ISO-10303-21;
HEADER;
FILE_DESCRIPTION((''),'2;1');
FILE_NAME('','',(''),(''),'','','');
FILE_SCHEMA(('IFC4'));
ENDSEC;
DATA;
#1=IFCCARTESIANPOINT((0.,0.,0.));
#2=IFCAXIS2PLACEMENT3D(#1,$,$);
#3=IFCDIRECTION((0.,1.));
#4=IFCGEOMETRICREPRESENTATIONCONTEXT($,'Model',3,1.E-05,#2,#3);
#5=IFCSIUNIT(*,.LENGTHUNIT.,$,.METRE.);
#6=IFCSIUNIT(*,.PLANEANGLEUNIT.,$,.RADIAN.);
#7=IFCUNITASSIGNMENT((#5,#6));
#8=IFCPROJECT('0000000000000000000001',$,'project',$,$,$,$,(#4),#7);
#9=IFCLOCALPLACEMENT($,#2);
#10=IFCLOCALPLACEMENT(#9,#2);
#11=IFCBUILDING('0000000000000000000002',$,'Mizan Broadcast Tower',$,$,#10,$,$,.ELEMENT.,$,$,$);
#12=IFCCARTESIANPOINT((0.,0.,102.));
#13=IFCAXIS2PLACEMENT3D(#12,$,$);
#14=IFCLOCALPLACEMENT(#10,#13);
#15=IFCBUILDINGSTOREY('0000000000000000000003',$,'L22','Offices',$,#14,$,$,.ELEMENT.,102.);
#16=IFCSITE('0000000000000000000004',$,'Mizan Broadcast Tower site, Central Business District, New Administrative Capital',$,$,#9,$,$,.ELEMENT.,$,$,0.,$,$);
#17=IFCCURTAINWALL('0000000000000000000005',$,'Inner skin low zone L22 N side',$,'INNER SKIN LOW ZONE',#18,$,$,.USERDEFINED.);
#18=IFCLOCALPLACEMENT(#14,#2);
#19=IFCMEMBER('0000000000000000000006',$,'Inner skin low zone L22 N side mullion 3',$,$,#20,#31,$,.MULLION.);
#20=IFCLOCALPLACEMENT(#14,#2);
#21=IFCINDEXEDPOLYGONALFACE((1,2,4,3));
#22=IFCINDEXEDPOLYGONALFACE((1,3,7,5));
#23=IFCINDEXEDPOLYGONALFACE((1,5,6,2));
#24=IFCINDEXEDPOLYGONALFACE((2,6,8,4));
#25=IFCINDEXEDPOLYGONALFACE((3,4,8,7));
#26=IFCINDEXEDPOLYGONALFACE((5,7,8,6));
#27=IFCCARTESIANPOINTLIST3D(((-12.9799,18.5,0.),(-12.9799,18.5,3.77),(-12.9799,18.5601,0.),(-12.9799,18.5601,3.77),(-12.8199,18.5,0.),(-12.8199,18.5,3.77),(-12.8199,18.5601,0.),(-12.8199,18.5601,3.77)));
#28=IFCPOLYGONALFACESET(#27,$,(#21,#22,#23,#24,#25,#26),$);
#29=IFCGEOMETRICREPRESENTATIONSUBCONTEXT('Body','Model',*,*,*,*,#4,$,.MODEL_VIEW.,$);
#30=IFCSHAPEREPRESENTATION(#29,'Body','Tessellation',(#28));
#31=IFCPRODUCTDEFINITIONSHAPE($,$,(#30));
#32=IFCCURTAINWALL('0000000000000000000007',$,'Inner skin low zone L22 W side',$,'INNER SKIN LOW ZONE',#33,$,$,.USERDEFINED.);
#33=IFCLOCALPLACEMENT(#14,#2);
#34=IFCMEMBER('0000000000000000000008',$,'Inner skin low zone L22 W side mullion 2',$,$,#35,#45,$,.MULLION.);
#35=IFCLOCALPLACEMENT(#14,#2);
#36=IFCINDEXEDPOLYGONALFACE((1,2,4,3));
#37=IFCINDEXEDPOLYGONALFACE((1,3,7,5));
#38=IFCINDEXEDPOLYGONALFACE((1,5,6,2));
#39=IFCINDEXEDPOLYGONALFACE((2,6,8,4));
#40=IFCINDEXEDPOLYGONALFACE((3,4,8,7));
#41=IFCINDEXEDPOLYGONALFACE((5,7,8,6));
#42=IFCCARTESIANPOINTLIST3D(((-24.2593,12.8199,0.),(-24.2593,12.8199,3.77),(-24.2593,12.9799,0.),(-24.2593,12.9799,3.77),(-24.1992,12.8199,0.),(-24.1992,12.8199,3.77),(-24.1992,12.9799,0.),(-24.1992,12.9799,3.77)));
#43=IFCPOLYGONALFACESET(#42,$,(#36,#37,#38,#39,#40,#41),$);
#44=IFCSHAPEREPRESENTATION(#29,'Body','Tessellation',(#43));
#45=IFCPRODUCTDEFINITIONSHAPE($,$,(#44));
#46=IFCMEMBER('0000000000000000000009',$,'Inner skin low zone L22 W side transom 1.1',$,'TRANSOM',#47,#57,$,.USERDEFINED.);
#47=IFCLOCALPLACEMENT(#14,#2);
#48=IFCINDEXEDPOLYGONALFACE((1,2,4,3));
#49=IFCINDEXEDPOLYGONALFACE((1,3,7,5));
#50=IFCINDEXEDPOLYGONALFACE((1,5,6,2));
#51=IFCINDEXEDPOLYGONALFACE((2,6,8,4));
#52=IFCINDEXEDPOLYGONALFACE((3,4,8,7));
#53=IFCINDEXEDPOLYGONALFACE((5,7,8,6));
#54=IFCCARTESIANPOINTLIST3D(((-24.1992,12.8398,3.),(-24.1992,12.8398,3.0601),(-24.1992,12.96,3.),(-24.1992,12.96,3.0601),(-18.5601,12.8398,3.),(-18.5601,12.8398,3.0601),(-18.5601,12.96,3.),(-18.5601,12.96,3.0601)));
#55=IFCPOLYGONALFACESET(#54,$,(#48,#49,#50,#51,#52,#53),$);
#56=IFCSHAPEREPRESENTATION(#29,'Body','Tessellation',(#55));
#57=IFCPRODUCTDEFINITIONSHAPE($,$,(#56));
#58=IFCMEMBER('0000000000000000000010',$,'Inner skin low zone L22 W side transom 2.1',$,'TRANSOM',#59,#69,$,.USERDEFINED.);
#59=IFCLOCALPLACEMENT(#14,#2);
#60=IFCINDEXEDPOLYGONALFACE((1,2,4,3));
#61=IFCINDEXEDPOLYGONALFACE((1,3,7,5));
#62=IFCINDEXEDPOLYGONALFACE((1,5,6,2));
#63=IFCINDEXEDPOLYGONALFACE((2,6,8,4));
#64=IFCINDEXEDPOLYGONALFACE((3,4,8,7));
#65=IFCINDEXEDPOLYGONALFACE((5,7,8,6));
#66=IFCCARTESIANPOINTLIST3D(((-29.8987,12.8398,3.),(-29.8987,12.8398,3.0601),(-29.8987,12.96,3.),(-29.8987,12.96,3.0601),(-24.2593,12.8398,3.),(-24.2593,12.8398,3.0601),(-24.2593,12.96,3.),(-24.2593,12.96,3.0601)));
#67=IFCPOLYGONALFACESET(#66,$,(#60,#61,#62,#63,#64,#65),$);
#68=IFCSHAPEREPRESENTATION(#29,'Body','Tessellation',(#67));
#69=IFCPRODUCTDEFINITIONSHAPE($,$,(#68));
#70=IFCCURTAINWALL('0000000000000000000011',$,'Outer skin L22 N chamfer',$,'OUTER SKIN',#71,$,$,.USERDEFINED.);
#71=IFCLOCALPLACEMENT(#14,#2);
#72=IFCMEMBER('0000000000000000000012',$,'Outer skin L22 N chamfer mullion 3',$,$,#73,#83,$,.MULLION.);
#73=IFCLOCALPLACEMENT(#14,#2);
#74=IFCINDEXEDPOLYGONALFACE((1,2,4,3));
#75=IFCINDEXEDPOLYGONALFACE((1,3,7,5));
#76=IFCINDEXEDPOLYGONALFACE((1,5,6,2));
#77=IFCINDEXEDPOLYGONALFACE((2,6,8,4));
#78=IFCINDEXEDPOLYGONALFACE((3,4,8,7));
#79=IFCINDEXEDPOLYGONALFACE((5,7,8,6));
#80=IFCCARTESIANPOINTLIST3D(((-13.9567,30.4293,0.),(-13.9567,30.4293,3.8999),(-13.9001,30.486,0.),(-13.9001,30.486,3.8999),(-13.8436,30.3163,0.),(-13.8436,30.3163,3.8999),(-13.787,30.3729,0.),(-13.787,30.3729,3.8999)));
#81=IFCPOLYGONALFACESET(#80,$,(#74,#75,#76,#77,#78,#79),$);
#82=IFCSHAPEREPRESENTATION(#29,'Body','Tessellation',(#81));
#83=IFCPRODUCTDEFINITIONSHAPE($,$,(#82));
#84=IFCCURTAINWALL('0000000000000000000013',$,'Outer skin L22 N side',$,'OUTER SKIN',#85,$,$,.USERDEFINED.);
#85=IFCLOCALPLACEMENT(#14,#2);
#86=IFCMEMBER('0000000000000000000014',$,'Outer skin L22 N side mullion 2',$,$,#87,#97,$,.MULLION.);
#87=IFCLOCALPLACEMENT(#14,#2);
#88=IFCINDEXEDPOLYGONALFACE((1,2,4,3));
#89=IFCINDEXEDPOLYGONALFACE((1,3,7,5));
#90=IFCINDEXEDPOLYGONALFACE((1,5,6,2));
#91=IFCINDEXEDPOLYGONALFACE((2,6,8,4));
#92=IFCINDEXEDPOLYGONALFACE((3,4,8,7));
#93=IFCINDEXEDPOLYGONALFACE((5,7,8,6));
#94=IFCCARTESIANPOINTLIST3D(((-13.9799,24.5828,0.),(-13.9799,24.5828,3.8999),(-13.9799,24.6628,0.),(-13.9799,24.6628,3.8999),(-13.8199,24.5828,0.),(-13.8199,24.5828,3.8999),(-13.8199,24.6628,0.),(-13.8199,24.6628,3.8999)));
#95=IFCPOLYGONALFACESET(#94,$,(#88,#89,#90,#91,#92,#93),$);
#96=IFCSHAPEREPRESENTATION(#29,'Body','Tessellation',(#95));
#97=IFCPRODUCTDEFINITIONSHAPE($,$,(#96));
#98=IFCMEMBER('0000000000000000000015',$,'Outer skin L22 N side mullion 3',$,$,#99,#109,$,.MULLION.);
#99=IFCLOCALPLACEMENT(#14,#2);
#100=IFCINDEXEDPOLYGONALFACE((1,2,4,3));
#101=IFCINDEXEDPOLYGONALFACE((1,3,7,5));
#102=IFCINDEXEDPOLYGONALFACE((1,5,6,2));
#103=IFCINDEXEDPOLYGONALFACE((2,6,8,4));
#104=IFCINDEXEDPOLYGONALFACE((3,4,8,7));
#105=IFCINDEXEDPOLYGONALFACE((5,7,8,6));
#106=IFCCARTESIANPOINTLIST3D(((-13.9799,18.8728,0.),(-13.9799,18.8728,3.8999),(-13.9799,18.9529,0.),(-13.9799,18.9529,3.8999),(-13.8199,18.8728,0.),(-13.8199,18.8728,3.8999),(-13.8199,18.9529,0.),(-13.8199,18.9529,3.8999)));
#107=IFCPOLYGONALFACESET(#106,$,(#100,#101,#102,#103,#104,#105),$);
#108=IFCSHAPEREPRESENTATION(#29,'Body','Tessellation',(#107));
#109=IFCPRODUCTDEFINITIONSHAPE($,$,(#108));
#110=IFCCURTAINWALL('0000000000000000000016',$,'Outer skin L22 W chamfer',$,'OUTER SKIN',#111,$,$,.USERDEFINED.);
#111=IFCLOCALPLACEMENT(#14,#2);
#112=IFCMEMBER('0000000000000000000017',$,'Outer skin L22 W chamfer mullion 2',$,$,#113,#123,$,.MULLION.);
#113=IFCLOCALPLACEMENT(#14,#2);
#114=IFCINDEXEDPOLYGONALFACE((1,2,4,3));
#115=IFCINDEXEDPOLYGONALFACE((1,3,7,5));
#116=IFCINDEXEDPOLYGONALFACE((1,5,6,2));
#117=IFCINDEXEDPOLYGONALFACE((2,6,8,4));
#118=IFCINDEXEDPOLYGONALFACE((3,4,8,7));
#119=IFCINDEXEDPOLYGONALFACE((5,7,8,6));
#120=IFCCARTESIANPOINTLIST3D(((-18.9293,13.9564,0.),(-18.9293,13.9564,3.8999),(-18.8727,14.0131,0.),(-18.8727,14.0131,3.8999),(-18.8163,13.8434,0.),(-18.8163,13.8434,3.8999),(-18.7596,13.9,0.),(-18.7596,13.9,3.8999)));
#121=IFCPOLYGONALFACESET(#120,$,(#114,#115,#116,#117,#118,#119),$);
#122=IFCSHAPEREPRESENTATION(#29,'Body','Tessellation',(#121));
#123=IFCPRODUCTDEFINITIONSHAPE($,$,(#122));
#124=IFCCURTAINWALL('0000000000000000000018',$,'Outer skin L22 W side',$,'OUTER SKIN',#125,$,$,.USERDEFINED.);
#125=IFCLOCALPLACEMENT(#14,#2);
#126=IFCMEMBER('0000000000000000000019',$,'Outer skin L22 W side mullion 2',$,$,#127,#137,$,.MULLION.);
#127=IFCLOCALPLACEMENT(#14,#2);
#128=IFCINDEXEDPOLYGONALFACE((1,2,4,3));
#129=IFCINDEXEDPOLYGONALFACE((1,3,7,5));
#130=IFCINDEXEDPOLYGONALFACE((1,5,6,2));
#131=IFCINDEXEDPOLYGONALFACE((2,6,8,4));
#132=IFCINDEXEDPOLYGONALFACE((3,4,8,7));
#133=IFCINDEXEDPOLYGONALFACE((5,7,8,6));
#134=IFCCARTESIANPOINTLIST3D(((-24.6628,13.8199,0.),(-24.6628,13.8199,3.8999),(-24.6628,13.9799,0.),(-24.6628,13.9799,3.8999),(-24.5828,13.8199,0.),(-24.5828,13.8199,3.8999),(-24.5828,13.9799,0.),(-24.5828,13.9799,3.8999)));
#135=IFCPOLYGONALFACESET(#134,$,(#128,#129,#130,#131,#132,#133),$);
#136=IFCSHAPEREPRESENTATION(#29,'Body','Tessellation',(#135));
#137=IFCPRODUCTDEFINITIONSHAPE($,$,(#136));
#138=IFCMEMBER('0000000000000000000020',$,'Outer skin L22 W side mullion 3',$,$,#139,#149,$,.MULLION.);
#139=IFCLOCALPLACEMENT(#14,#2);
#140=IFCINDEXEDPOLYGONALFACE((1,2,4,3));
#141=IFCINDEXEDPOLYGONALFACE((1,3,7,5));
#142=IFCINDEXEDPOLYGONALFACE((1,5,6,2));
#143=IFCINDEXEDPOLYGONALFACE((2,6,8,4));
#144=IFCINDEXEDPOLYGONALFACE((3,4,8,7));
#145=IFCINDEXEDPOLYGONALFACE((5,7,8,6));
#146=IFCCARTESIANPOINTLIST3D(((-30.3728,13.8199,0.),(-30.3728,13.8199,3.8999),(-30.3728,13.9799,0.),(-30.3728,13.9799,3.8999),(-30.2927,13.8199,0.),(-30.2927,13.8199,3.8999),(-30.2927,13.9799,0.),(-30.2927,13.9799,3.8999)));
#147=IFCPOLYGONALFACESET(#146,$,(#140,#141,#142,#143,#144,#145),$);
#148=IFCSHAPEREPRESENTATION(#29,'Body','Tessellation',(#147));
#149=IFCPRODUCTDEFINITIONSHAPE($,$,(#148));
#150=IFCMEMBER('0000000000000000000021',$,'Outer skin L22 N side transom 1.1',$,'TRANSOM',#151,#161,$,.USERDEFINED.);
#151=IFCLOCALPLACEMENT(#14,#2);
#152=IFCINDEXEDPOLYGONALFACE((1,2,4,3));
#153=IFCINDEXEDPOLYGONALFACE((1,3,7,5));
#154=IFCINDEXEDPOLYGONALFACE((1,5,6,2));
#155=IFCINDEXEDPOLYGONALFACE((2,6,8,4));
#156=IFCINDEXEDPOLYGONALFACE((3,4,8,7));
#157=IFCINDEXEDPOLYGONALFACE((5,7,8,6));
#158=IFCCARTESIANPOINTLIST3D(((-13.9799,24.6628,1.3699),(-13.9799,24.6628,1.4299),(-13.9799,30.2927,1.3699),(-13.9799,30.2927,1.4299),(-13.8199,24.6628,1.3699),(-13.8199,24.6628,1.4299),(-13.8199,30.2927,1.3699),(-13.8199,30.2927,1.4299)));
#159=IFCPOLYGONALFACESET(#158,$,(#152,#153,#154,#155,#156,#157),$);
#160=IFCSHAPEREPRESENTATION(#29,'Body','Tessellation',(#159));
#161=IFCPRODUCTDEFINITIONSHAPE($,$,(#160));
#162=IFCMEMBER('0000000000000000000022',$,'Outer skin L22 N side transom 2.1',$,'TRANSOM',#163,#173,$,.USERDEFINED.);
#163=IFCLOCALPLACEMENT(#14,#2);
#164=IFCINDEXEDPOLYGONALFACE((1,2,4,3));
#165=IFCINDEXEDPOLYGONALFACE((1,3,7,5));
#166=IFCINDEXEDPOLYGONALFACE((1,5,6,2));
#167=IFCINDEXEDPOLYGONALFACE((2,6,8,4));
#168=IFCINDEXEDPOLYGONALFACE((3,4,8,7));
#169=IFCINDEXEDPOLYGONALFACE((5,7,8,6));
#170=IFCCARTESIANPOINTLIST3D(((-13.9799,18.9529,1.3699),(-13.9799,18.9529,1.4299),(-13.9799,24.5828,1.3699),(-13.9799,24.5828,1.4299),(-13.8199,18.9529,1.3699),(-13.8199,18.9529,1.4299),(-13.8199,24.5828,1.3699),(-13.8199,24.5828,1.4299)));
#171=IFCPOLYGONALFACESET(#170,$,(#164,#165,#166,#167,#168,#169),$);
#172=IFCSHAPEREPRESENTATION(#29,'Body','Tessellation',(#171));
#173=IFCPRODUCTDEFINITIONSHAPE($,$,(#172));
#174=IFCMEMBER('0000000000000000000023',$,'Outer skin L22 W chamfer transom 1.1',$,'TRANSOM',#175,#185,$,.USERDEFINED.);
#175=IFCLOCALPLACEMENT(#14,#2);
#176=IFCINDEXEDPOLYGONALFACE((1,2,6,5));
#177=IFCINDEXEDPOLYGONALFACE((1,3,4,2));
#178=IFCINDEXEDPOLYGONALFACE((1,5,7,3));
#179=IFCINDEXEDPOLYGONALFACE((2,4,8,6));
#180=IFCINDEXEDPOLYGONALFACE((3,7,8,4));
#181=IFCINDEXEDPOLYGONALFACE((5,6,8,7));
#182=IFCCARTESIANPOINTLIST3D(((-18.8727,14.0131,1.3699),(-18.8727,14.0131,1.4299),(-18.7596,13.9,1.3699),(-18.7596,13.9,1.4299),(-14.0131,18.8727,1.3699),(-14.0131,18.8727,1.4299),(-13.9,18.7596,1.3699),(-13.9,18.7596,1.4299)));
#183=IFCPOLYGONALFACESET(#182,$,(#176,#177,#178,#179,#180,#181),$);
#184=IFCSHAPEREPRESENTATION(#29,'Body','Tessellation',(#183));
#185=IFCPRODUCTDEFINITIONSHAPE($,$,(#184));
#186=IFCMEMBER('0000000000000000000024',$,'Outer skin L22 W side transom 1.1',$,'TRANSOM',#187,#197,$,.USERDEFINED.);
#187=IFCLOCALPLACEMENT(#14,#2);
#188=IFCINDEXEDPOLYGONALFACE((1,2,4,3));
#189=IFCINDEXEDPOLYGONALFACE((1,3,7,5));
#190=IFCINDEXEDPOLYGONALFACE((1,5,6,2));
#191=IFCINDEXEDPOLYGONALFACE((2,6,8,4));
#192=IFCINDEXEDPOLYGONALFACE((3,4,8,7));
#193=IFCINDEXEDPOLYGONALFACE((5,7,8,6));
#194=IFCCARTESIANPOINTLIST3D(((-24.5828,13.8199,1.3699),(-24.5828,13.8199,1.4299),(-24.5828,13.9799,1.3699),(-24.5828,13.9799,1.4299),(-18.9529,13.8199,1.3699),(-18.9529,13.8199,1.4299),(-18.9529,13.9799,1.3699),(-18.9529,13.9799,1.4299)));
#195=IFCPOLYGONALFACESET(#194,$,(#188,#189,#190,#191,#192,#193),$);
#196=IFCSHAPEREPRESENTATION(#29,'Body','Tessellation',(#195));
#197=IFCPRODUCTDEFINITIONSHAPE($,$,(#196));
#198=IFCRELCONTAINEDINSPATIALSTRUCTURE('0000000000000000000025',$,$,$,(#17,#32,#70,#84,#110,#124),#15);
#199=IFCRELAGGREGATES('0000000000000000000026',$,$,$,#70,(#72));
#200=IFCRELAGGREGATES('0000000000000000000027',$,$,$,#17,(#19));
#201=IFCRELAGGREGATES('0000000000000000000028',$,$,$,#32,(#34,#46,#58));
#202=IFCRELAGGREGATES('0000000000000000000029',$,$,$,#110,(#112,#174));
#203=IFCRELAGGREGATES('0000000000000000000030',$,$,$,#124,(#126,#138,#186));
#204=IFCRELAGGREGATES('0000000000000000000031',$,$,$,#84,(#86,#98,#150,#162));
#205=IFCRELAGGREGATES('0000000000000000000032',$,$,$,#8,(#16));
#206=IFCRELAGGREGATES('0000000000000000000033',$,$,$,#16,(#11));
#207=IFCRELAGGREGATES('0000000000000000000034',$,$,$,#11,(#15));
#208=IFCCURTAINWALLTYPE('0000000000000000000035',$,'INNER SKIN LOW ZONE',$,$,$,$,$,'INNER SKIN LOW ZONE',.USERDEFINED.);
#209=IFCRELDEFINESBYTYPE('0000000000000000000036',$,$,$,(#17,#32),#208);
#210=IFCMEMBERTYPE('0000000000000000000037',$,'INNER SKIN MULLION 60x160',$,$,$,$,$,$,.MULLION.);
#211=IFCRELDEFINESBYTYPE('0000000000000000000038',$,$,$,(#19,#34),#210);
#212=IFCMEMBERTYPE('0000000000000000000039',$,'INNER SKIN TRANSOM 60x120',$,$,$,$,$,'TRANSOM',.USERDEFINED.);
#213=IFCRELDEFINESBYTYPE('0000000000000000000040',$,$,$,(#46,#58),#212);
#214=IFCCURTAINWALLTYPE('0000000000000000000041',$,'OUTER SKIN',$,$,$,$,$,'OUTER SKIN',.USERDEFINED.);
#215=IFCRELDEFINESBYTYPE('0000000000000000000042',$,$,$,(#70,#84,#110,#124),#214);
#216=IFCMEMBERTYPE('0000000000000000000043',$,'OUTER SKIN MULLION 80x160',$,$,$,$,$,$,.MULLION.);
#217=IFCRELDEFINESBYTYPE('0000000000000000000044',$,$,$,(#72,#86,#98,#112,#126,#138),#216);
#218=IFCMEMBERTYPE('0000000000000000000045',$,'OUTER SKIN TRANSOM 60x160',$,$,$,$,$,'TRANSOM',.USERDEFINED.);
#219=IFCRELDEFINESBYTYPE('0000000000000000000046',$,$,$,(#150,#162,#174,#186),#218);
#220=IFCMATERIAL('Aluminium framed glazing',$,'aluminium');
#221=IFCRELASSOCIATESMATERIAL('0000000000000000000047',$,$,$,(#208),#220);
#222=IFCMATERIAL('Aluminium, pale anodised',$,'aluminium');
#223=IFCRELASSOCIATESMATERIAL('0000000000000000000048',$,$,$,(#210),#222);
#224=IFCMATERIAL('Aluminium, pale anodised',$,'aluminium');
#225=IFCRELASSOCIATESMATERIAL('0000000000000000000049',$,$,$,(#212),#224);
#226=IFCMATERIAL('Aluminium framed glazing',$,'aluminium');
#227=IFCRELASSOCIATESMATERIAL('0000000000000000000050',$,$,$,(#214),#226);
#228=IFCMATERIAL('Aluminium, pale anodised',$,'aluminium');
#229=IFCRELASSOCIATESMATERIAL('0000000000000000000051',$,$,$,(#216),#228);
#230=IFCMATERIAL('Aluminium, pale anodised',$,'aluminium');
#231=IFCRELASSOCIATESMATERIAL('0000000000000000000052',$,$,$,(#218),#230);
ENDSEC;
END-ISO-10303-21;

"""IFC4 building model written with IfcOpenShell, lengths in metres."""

from ifc_helpers import new_model, si_unit, direction, frame, origin, origin_2d, place, context, subcontext, project, spatial, rectangle, extrude, material, material_profile, profile_set, type_object, element, aggregate, save


model = new_model("IFC4")

# Units and contexts
model_context = context("Model", 3, precision=1e-05, world=origin(), true_north=direction((0.0, 1.0)))
body_context = subcontext(model_context, "Body", "Model", "MODEL_VIEW")
ifc_project = project(units=[si_unit("LENGTHUNIT", "METRE"), si_unit("PLANEANGLEUNIT", "RADIAN")], contexts=[model_context])

# Site, building, storey
site_placement = place(None, origin())
site = spatial("IfcSite", under=ifc_project, at=site_placement, Name="Mizan Broadcast Tower site, Central Business District, New Administrative Capital", CompositionType="ELEMENT", RefElevation=0.0)
building_placement = place(site_placement, origin())
building = spatial("IfcBuilding", under=site, at=building_placement, Name="Mizan Broadcast Tower", CompositionType="ELEMENT")
storey_placement = place(building_placement, frame((0.0, 0.0, 102.0)))
storey = spatial("IfcBuildingStorey", under=building, at=storey_placement, Name="L22", Description="Offices", CompositionType="ELEMENT", Elevation=102.0)

# Curtain wall, member
ifc_material_1 = material(Name="Aluminium framed glazing", Category="aluminium")
curtain_wall_type_1 = type_object("IfcCurtainWallType", Name="INNER SKIN LOW ZONE", ElementType="INNER SKIN LOW ZONE", PredefinedType="USERDEFINED", material=ifc_material_1)
curtain_wall_1_placement = place(storey_placement, origin())
curtain_wall_1 = element("IfcCurtainWall", 1, at=curtain_wall_1_placement, inside=storey, type_object=curtain_wall_type_1, Name="Inner skin low zone L22 N side", ObjectType="INNER SKIN LOW ZONE", PredefinedType="USERDEFINED")
ifc_material_2 = material(Name="Aluminium, pale anodised", Category="aluminium")
ifc_material_profile_1 = material_profile(ifc_material_2, rectangle(XDim=0.1599, YDim=0.0601, at=origin_2d()), Name="MULLION 160x60")
ifc_profile_set_1 = profile_set([ifc_material_profile_1], Name="Aluminium, pale anodised")
member_type_1 = type_object("IfcMemberType", Name="INNER SKIN MULLION 60x160", PredefinedType="MULLION", material=ifc_profile_set_1)
member_1_placement = place(storey_placement, frame((-12.8999, 18.53, 0.0), z_axis=(0.0, 0.0, 1.0), x_axis=(1.0, 0.0, 0.0)))
member_1 = element("IfcMember", 2, at=member_1_placement, type_object=member_type_1, Name="Inner skin low zone L22 N side mullion 3", PredefinedType="MULLION", context=body_context, shape_type="SweptSolid", body=[
    extrude(rectangle(XDim=0.1599, YDim=0.0601, at=origin_2d()), origin(), (0.0, 0.0, 1.0), 3.77),
])

# Curtain wall, members
curtain_wall_2_placement = place(storey_placement, origin())
curtain_wall_2 = element("IfcCurtainWall", 3, at=curtain_wall_2_placement, inside=storey, type_object=curtain_wall_type_1, Name="Inner skin low zone L22 W side", ObjectType="INNER SKIN LOW ZONE", PredefinedType="USERDEFINED")
member_2_placement = place(storey_placement, frame((-24.2292, 12.8999, 0.0), z_axis=(0.0, 0.0, 1.0), x_axis=(0.0, -1.0, 0.0)))
member_2 = element("IfcMember", 4, at=member_2_placement, type_object=member_type_1, Name="Inner skin low zone L22 W side mullion 2", PredefinedType="MULLION", context=body_context, shape_type="SweptSolid", body=[
    extrude(rectangle(XDim=0.1599, YDim=0.0601, at=origin_2d()), origin(), (0.0, 0.0, 1.0), 3.77),
])
ifc_material_3 = material(Name="Aluminium, pale anodised", Category="aluminium")
ifc_material_profile_2 = material_profile(ifc_material_3, rectangle(XDim=0.1201, YDim=0.0601, at=origin_2d()), Name="TRANSOM 120x60")
ifc_profile_set_2 = profile_set([ifc_material_profile_2], Name="Aluminium, pale anodised")
member_type_2 = type_object("IfcMemberType", Name="INNER SKIN TRANSOM 60x120", ElementType="TRANSOM", PredefinedType="USERDEFINED", material=ifc_profile_set_2)
member_3_placement = place(storey_placement, frame((-18.5601, 12.8999, 3.03), z_axis=(-1.0, 0.0, 0.0), x_axis=(0.0, -1.0, 0.0)))
member_3 = element("IfcMember", 5, at=member_3_placement, type_object=member_type_2, Name="Inner skin low zone L22 W side transom 1.1", ObjectType="TRANSOM", PredefinedType="USERDEFINED", context=body_context, shape_type="SweptSolid", body=[
    extrude(rectangle(XDim=0.1201, YDim=0.0601, at=origin_2d()), origin(), (0.0, 0.0, 1.0), 5.6392),
])
member_4_placement = place(storey_placement, frame((-24.2593, 12.8999, 3.03), z_axis=(-1.0, 0.0, 0.0), x_axis=(0.0, -1.0, 0.0)))
member_4 = element("IfcMember", 6, at=member_4_placement, type_object=member_type_2, Name="Inner skin low zone L22 W side transom 2.1", ObjectType="TRANSOM", PredefinedType="USERDEFINED", context=body_context, shape_type="SweptSolid", body=[
    extrude(rectangle(XDim=0.1201, YDim=0.0601, at=origin_2d()), origin(), (0.0, 0.0, 1.0), 5.6394),
])

# Curtain wall, member
ifc_material_4 = material(Name="Aluminium framed glazing", Category="aluminium")
curtain_wall_type_2 = type_object("IfcCurtainWallType", Name="OUTER SKIN", ElementType="OUTER SKIN", PredefinedType="USERDEFINED", material=ifc_material_4)
curtain_wall_3_placement = place(storey_placement, origin())
curtain_wall_3 = element("IfcCurtainWall", 7, at=curtain_wall_3_placement, inside=storey, type_object=curtain_wall_type_2, Name="Outer skin L22 N chamfer", ObjectType="OUTER SKIN", PredefinedType="USERDEFINED")
ifc_material_5 = material(Name="Aluminium, pale anodised", Category="aluminium")
ifc_material_profile_3 = material_profile(ifc_material_5, rectangle(XDim=0.1599, YDim=0.0801, at=origin_2d()), Name="MULLION 160x80")
ifc_profile_set_3 = profile_set([ifc_material_profile_3], Name="Aluminium, pale anodised")
member_type_3 = type_object("IfcMemberType", Name="OUTER SKIN MULLION 80x160", PredefinedType="MULLION", material=ifc_profile_set_3)
member_5_placement = place(storey_placement, frame((-13.8718, 30.4011, 0.0), z_axis=(0.0, 0.0, 1.0), x_axis=(0.707107, -0.707107, 0.0)))
member_5 = element("IfcMember", 8, at=member_5_placement, type_object=member_type_3, Name="Outer skin L22 N chamfer mullion 3", PredefinedType="MULLION", context=body_context, shape_type="SweptSolid", body=[
    extrude(rectangle(XDim=0.1599, YDim=0.0801, at=origin_2d()), origin(), (0.0, 0.0, 1.0), 3.8999),
])
aggregate(curtain_wall_3, [member_5])

# Curtain wall, members
curtain_wall_4_placement = place(storey_placement, origin())
curtain_wall_4 = element("IfcCurtainWall", 9, at=curtain_wall_4_placement, inside=storey, type_object=curtain_wall_type_2, Name="Outer skin L22 N side", ObjectType="OUTER SKIN", PredefinedType="USERDEFINED")
member_6_placement = place(storey_placement, frame((-13.8999, 24.6228, 0.0), z_axis=(0.0, 0.0, 1.0), x_axis=(1.0, 0.0, 0.0)))
member_6 = element("IfcMember", 10, at=member_6_placement, type_object=member_type_3, Name="Outer skin L22 N side mullion 2", PredefinedType="MULLION", context=body_context, shape_type="SweptSolid", body=[
    extrude(rectangle(XDim=0.1599, YDim=0.0801, at=origin_2d()), origin(), (0.0, 0.0, 1.0), 3.8999),
])
member_7_placement = place(storey_placement, frame((-13.8999, 18.9128, 0.0), z_axis=(0.0, 0.0, 1.0), x_axis=(1.0, 0.0, 0.0)))
member_7 = element("IfcMember", 11, at=member_7_placement, type_object=member_type_3, Name="Outer skin L22 N side mullion 3", PredefinedType="MULLION", context=body_context, shape_type="SweptSolid", body=[
    extrude(rectangle(XDim=0.1599, YDim=0.0801, at=origin_2d()), origin(), (0.0, 0.0, 1.0), 3.8999),
])

# Curtain wall, member
curtain_wall_5_placement = place(storey_placement, origin())
curtain_wall_5 = element("IfcCurtainWall", 12, at=curtain_wall_5_placement, inside=storey, type_object=curtain_wall_type_2, Name="Outer skin L22 W chamfer", ObjectType="OUTER SKIN", PredefinedType="USERDEFINED")
member_8_placement = place(storey_placement, frame((-18.8445, 13.9282, 0.0), z_axis=(0.0, 0.0, 1.0), x_axis=(0.707107, -0.707107, 0.0)))
member_8 = element("IfcMember", 13, at=member_8_placement, type_object=member_type_3, Name="Outer skin L22 W chamfer mullion 2", PredefinedType="MULLION", context=body_context, shape_type="SweptSolid", body=[
    extrude(rectangle(XDim=0.1599, YDim=0.0801, at=origin_2d()), origin(), (0.0, 0.0, 1.0), 3.8999),
])

# Curtain wall, members
curtain_wall_6_placement = place(storey_placement, origin())
curtain_wall_6 = element("IfcCurtainWall", 14, at=curtain_wall_6_placement, inside=storey, type_object=curtain_wall_type_2, Name="Outer skin L22 W side", ObjectType="OUTER SKIN", PredefinedType="USERDEFINED")
member_9_placement = place(storey_placement, frame((-24.6228, 13.8999, 0.0), z_axis=(0.0, 0.0, 1.0), x_axis=(0.0, -1.0, 0.0)))
member_9 = element("IfcMember", 15, at=member_9_placement, type_object=member_type_3, Name="Outer skin L22 W side mullion 2", PredefinedType="MULLION", context=body_context, shape_type="SweptSolid", body=[
    extrude(rectangle(XDim=0.1599, YDim=0.0801, at=origin_2d()), origin(), (0.0, 0.0, 1.0), 3.8999),
])
member_10_placement = place(storey_placement, frame((-30.3328, 13.8999, 0.0), z_axis=(0.0, 0.0, 1.0), x_axis=(0.0, -1.0, 0.0)))
member_10 = element("IfcMember", 16, at=member_10_placement, type_object=member_type_3, Name="Outer skin L22 W side mullion 3", PredefinedType="MULLION", context=body_context, shape_type="SweptSolid", body=[
    extrude(rectangle(XDim=0.1599, YDim=0.0801, at=origin_2d()), origin(), (0.0, 0.0, 1.0), 3.8999),
])

# Members
ifc_material_6 = material(Name="Aluminium, pale anodised", Category="aluminium")
ifc_material_profile_4 = material_profile(ifc_material_6, rectangle(XDim=0.1599, YDim=0.0601, at=origin_2d()), Name="TRANSOM 160x60")
ifc_profile_set_4 = profile_set([ifc_material_profile_4], Name="Aluminium, pale anodised")
member_type_4 = type_object("IfcMemberType", Name="OUTER SKIN TRANSOM 60x160", ElementType="TRANSOM", PredefinedType="USERDEFINED", material=ifc_profile_set_4)
member_11_placement = place(storey_placement, frame((-13.8999, 30.2927, 1.3999), z_axis=(0.0, -1.0, 0.0), x_axis=(1.0, 0.0, 0.0)))
member_11 = element("IfcMember", 17, at=member_11_placement, type_object=member_type_4, Name="Outer skin L22 N side transom 1.1", ObjectType="TRANSOM", PredefinedType="USERDEFINED", context=body_context, shape_type="SweptSolid", body=[
    extrude(rectangle(XDim=0.1599, YDim=0.0601, at=origin_2d()), origin(), (0.0, 0.0, 1.0), 5.6299),
])
member_12_placement = place(storey_placement, frame((-13.8999, 24.5828, 1.3999), z_axis=(0.0, -1.0, 0.0), x_axis=(1.0, 0.0, 0.0)))
member_12 = element("IfcMember", 18, at=member_12_placement, type_object=member_type_4, Name="Outer skin L22 N side transom 2.1", ObjectType="TRANSOM", PredefinedType="USERDEFINED", context=body_context, shape_type="SweptSolid", body=[
    extrude(rectangle(XDim=0.1599, YDim=0.0601, at=origin_2d()), origin(), (0.0, 0.0, 1.0), 5.6299),
])
member_13_placement = place(storey_placement, frame((-13.9565, 18.8162, 1.3999), z_axis=(-0.707107, -0.707107, 0.0), x_axis=(0.707107, -0.707107, 0.0)))
member_13 = element("IfcMember", 19, at=member_13_placement, type_object=member_type_4, Name="Outer skin L22 W chamfer transom 1.1", ObjectType="TRANSOM", PredefinedType="USERDEFINED", context=body_context, shape_type="SweptSolid", body=[
    extrude(rectangle(XDim=0.1599, YDim=0.0601, at=origin_2d()), origin(), (0.0, 0.0, 1.0), 6.8726),
])
member_14_placement = place(storey_placement, frame((-18.9529, 13.8999, 1.3999), z_axis=(-1.0, 0.0, 0.0), x_axis=(0.0, -1.0, 0.0)))
member_14 = element("IfcMember", 20, at=member_14_placement, type_object=member_type_4, Name="Outer skin L22 W side transom 1.1", ObjectType="TRANSOM", PredefinedType="USERDEFINED", context=body_context, shape_type="SweptSolid", body=[
    extrude(rectangle(XDim=0.1599, YDim=0.0601, at=origin_2d()), origin(), (0.0, 0.0, 1.0), 5.6299),
])

aggregate(curtain_wall_1, [member_1])
aggregate(curtain_wall_2, [member_2, member_3, member_4])
aggregate(curtain_wall_5, [member_8, member_13])
aggregate(curtain_wall_6, [member_9, member_10, member_14])
aggregate(curtain_wall_4, [member_6, member_7, member_11, member_12])

save(model, "model.ifc")
